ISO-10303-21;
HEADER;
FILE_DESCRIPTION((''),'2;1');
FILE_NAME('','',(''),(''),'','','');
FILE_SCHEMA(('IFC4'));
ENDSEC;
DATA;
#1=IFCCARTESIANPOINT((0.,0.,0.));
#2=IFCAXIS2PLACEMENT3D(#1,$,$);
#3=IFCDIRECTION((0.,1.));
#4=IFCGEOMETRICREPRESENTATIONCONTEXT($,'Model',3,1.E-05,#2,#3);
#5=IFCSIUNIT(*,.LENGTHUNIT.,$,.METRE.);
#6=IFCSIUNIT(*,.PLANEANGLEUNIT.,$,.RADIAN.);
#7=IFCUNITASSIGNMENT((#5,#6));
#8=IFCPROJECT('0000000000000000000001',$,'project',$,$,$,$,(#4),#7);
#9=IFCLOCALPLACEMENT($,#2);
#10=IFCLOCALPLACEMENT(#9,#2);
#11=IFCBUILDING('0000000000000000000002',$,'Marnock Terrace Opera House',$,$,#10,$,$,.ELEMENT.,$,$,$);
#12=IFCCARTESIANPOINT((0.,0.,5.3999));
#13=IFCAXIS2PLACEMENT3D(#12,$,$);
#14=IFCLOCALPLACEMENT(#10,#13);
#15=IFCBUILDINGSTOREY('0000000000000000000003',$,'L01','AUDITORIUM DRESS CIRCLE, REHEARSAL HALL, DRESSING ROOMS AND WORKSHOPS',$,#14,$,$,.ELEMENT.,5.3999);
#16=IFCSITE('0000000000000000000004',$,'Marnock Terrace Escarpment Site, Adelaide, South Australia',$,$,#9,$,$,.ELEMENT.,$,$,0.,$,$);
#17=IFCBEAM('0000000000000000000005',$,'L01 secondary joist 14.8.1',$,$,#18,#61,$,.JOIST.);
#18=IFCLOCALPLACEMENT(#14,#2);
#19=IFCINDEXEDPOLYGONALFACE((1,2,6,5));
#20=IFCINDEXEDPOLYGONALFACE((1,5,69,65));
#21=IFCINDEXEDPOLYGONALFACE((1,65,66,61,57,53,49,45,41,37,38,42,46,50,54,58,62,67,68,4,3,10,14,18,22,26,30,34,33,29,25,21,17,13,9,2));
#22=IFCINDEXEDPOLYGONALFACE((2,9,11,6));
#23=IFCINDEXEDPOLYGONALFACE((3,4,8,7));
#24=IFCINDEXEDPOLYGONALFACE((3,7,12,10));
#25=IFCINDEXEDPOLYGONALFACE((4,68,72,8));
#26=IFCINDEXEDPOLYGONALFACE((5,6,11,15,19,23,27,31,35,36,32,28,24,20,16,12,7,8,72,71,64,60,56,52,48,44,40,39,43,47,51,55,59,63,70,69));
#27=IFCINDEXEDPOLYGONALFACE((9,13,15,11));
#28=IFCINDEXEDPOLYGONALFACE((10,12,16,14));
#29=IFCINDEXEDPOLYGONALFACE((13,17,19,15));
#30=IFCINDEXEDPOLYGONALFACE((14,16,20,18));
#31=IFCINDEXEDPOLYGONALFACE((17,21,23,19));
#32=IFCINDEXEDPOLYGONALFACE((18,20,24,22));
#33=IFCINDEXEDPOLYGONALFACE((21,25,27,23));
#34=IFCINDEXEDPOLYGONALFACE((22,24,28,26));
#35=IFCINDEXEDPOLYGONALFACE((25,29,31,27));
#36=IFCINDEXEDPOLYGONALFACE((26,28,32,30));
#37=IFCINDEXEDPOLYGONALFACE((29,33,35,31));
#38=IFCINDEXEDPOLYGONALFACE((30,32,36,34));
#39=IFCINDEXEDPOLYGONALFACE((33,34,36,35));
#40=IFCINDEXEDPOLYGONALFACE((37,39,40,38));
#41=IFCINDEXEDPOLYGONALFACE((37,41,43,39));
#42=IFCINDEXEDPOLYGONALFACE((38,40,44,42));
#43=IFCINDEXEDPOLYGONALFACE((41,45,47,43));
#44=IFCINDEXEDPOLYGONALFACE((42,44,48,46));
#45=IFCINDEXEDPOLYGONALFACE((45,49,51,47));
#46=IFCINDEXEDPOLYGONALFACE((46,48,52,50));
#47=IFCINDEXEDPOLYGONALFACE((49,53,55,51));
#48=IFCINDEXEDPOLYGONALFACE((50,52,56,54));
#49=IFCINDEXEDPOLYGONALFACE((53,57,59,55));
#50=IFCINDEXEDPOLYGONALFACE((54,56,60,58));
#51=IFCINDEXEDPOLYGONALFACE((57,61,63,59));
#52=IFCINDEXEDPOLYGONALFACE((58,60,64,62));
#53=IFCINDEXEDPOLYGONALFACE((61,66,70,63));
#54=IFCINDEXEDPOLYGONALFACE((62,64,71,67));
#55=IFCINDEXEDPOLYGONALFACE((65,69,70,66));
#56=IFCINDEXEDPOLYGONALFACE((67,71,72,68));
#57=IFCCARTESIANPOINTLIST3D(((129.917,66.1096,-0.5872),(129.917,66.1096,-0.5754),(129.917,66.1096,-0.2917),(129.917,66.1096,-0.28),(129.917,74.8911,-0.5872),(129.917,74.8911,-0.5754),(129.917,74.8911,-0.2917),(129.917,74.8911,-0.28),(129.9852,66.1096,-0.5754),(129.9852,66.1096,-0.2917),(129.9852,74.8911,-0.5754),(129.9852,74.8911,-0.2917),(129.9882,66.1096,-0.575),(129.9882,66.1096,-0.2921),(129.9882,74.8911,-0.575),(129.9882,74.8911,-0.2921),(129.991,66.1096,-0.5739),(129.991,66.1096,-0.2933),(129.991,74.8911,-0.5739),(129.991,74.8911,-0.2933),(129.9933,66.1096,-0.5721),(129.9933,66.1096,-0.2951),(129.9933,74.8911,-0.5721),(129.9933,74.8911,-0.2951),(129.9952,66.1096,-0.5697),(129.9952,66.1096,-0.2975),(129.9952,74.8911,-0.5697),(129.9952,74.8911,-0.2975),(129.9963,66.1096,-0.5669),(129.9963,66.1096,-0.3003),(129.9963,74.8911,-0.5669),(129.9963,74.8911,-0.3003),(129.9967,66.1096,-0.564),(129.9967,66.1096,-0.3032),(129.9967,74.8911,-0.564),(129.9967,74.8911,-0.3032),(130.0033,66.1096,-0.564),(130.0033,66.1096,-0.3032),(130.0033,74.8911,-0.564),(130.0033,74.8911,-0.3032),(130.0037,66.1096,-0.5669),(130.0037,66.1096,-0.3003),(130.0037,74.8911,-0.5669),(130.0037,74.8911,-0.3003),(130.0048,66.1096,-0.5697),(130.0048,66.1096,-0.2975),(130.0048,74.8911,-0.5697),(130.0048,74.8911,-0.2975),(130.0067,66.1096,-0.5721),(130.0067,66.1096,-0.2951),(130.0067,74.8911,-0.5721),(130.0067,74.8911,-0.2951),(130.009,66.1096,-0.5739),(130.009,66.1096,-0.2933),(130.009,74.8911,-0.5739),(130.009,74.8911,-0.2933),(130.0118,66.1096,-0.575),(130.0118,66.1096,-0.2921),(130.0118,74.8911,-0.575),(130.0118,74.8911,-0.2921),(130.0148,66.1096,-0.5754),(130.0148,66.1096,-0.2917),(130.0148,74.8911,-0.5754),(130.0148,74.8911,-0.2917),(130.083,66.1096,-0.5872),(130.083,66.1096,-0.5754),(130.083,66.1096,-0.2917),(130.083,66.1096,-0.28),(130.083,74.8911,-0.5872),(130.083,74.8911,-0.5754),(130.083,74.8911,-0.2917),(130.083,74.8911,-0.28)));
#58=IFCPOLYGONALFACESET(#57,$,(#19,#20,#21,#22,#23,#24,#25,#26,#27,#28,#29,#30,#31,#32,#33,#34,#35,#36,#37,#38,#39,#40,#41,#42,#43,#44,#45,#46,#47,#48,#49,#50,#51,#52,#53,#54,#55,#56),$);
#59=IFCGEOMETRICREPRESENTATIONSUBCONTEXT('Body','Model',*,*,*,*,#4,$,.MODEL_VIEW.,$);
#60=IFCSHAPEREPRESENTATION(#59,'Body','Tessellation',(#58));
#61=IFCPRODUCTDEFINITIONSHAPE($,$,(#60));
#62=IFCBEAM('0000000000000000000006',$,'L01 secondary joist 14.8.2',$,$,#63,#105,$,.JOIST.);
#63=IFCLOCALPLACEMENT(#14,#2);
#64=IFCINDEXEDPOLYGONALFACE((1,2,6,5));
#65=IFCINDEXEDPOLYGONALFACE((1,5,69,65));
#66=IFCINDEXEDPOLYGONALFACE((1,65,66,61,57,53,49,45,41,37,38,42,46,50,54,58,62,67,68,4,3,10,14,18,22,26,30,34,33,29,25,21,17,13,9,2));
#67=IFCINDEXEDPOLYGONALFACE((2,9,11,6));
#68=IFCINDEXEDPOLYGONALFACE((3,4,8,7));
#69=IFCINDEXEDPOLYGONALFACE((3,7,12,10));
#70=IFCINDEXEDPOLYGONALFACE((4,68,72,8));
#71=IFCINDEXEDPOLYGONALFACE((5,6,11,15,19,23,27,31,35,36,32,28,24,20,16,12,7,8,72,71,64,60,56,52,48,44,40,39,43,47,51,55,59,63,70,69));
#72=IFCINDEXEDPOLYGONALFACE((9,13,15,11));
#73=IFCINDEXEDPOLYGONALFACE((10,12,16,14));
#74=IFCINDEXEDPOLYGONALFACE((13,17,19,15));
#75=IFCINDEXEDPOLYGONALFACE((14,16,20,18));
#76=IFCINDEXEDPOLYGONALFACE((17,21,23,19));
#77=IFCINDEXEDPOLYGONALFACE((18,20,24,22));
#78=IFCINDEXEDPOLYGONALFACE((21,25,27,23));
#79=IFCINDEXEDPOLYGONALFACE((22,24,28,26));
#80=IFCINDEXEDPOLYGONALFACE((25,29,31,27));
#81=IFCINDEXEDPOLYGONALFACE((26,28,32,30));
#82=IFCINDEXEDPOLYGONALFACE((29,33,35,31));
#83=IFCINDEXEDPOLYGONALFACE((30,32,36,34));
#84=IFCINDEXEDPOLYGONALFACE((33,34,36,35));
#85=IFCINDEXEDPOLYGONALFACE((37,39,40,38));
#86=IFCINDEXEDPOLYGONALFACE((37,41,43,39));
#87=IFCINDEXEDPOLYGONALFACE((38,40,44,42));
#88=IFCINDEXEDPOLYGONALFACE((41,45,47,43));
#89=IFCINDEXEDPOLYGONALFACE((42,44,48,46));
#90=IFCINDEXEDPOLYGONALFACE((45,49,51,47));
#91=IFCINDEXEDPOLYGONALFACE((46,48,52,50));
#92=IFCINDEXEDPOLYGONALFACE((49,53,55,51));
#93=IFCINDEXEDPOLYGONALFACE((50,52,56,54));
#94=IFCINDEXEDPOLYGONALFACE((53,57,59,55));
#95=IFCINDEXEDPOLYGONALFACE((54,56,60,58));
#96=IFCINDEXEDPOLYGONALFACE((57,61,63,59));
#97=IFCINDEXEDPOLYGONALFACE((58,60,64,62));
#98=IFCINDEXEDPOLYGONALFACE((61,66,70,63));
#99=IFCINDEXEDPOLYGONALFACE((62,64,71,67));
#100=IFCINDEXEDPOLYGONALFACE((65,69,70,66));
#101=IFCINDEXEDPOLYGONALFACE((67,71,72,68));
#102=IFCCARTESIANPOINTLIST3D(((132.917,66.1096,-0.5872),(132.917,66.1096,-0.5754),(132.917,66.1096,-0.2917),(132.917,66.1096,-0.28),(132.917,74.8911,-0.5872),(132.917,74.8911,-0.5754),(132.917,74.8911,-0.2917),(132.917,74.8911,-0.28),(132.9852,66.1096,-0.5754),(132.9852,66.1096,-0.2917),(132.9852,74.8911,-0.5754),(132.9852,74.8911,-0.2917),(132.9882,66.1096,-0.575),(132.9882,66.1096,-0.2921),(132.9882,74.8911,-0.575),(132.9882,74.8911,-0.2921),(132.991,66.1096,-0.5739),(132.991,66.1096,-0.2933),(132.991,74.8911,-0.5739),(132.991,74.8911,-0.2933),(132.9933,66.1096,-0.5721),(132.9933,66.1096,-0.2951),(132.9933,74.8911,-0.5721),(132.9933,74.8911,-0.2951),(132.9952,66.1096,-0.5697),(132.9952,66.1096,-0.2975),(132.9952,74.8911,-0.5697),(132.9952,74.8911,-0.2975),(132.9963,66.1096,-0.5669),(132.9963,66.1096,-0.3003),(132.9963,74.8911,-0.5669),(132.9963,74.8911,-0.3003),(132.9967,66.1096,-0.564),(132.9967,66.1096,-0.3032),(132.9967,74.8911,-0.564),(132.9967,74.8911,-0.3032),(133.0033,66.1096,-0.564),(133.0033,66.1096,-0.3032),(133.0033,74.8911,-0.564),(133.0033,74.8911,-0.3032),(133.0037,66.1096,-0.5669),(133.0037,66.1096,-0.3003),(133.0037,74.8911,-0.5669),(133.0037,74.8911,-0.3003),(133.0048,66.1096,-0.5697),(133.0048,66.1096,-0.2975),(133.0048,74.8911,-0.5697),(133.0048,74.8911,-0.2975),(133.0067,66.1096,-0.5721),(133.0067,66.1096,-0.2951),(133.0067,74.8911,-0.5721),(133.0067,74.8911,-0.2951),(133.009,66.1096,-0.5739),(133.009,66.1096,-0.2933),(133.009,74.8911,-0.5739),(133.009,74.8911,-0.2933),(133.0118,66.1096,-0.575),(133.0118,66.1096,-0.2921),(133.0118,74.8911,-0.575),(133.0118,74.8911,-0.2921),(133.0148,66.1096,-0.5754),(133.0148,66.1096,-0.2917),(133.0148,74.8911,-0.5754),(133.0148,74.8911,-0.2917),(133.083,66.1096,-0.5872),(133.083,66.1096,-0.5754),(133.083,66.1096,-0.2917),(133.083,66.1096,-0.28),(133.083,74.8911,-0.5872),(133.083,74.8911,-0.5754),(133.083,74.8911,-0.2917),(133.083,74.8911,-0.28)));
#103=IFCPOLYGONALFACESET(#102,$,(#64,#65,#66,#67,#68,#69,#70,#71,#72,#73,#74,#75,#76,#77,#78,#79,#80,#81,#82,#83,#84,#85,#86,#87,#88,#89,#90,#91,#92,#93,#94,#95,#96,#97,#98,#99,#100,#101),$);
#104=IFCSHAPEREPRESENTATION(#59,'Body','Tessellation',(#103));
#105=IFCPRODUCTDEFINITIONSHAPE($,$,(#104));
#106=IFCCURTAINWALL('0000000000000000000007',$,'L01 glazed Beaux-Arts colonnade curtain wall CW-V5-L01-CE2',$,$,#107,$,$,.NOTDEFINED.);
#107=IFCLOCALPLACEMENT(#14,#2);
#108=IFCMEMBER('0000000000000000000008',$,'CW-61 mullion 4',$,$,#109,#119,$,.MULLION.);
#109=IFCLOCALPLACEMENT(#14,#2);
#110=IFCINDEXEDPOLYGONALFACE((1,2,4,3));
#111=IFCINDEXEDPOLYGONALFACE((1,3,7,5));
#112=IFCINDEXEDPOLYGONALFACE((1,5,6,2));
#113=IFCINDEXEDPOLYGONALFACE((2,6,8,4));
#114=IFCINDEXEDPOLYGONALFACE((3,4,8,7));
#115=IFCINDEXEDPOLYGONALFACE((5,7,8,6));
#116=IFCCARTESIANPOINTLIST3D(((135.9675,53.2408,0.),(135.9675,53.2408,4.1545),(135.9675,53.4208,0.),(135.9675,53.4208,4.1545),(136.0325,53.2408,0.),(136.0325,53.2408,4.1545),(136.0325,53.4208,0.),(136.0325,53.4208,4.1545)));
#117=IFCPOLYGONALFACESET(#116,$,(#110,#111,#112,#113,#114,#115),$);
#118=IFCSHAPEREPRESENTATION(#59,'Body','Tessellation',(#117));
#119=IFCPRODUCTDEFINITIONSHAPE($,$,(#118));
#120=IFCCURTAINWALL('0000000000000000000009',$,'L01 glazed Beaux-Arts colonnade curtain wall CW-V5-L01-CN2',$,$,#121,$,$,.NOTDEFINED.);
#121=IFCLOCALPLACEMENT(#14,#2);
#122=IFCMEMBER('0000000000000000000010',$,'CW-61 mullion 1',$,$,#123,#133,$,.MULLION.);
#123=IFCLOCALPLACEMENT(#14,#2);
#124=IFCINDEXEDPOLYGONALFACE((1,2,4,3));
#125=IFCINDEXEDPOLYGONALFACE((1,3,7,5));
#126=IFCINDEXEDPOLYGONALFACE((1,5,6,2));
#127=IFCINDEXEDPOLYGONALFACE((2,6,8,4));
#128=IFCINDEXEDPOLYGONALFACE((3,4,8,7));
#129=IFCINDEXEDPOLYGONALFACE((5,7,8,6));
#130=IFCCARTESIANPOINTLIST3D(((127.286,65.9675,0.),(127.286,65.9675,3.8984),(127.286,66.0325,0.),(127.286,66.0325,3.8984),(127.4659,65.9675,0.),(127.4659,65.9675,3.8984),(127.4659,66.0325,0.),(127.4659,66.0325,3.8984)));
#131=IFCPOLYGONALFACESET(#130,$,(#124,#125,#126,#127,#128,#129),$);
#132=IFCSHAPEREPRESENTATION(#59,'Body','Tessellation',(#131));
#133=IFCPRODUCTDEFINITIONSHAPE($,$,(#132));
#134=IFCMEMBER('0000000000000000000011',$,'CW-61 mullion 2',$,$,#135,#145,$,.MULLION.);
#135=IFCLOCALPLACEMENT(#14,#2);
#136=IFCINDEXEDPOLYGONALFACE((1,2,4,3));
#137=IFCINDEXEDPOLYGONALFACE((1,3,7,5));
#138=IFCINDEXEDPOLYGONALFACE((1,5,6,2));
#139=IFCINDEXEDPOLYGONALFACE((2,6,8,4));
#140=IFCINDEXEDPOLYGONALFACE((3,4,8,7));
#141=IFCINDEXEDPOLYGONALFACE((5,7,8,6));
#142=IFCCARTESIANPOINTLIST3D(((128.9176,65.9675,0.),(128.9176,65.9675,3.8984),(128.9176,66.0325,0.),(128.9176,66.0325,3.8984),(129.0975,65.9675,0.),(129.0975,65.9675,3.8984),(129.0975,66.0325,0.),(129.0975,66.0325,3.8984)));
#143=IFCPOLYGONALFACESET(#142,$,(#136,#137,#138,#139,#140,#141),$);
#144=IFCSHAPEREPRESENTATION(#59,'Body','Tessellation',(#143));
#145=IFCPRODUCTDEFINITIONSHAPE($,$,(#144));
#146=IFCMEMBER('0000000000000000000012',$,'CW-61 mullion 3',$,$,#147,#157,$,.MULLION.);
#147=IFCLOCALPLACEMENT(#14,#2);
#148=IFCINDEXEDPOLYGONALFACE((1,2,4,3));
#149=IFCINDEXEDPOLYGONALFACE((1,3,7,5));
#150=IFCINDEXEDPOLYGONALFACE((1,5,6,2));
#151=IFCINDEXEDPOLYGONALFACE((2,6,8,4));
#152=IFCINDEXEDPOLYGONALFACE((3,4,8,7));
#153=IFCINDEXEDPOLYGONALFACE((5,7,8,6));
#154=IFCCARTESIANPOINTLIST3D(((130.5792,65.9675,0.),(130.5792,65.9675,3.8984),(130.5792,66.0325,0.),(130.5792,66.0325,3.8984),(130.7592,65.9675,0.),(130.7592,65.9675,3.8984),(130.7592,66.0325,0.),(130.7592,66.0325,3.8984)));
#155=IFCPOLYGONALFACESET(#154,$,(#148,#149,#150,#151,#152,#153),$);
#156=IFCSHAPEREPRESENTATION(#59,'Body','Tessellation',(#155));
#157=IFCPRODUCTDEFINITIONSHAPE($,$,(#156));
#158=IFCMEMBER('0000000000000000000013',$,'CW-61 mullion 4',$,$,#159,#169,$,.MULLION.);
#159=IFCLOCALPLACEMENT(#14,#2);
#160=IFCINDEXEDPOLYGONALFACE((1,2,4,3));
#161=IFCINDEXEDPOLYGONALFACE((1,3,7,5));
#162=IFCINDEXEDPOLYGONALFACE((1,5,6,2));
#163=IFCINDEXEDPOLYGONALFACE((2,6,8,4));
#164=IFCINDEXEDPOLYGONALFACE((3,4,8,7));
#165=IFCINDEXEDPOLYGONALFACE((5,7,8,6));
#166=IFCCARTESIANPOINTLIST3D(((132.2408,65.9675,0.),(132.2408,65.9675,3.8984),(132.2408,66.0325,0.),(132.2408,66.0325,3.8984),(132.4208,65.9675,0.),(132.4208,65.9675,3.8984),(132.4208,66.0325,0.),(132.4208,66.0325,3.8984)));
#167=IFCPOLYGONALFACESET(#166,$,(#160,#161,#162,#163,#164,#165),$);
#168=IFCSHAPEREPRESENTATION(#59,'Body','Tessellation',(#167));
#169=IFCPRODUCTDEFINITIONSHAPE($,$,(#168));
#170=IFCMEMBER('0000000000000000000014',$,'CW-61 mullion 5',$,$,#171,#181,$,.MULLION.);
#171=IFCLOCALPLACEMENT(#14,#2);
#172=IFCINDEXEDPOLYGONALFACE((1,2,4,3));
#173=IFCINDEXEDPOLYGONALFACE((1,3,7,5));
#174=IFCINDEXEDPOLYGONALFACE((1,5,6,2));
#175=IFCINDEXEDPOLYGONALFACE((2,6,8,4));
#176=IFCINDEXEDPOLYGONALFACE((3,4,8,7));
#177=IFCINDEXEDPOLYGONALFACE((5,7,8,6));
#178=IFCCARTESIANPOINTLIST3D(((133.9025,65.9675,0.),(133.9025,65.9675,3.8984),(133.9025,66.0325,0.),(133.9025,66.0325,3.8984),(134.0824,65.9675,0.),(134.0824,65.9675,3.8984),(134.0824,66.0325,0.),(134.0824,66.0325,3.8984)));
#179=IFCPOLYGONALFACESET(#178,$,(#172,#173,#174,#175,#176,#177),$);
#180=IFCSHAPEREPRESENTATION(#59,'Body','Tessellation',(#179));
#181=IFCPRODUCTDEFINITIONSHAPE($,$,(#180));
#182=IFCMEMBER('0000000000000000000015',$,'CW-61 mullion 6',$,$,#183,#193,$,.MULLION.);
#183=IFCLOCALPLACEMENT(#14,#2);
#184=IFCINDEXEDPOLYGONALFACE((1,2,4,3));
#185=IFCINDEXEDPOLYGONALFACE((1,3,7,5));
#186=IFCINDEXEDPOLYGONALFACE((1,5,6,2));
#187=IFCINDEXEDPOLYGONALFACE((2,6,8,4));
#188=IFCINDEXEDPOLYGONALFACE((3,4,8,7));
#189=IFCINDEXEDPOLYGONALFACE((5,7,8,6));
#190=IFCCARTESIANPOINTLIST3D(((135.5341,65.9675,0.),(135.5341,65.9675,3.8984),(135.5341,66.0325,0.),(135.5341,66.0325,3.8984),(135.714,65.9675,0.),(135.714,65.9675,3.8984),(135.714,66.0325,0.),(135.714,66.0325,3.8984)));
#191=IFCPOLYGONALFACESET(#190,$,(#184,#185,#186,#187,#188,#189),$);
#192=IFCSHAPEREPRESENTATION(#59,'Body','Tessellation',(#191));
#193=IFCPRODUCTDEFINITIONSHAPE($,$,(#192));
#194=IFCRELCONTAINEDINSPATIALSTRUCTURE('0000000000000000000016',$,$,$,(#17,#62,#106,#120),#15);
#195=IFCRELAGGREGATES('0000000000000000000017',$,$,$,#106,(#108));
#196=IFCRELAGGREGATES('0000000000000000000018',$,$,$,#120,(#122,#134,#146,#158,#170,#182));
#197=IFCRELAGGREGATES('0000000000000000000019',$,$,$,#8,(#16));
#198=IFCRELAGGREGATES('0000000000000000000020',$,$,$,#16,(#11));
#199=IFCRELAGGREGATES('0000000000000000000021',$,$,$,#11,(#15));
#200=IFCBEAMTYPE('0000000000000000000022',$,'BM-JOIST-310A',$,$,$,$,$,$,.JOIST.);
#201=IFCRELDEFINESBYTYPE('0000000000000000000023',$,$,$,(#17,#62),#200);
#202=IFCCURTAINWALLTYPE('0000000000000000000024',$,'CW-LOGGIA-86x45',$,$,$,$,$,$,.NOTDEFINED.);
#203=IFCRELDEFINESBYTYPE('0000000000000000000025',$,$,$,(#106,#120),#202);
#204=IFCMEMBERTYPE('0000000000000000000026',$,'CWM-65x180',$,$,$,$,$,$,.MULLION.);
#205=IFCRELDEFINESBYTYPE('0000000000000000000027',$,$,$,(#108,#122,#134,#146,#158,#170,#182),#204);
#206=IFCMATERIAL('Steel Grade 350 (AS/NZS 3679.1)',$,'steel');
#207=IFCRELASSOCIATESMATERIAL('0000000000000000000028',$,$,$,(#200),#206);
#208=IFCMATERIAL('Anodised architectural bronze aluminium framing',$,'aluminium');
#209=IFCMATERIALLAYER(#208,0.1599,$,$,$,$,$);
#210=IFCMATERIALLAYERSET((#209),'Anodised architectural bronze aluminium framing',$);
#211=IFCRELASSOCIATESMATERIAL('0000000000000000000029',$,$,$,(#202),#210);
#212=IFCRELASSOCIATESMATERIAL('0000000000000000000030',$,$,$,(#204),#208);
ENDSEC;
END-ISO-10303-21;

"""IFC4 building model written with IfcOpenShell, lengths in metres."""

from ifc_helpers import new_model, si_unit, direction, frame, origin, origin_2d, place, context, subcontext, project, spatial, rectangle, i_section, extrude, material, layer, layer_set, material_profile, profile_set, type_object, element, aggregate, save


model = new_model("IFC4")

# Units and contexts
model_context = context("Model", 3, precision=1e-05, world=origin(), true_north=direction((0.0, 1.0)))
body_context = subcontext(model_context, "Body", "Model", "MODEL_VIEW")
ifc_project = project(units=[si_unit("LENGTHUNIT", "METRE"), si_unit("PLANEANGLEUNIT", "RADIAN")], contexts=[model_context])

# Site, building, storey
site_placement = place(None, origin())
site = spatial("IfcSite", under=ifc_project, at=site_placement, Name="Marnock Terrace Escarpment Site, Adelaide, South Australia", CompositionType="ELEMENT", RefElevation=0.0)
building_placement = place(site_placement, origin())
building = spatial("IfcBuilding", under=site, at=building_placement, Name="Marnock Terrace Opera House", CompositionType="ELEMENT")
storey_placement = place(building_placement, frame((0.0, 0.0, 5.3999)))
storey = spatial("IfcBuildingStorey", under=building, at=storey_placement, Name="L01", Description="AUDITORIUM DRESS CIRCLE, REHEARSAL HALL, DRESSING ROOMS AND WORKSHOPS", CompositionType="ELEMENT", Elevation=5.3999)

# Beams
ifc_material_1 = material(Name="Steel Grade 350 (AS/NZS 3679.1)", Category="steel")
ifc_material_profile_1 = material_profile(ifc_material_1, i_section(OverallWidth=0.166, OverallDepth=0.3071, WebThickness=0.0066, FlangeThickness=0.0117, FilletRadius=0.0115, at=origin_2d()))
ifc_profile_set_1 = profile_set([ifc_material_profile_1], Name="Steel Grade 350 (AS/NZS 3679.1)")
beam_type = type_object("IfcBeamType", Name="BM-JOIST-310A", PredefinedType="JOIST", material=ifc_profile_set_1)
for number, where, z_axis, x_axis, name in (
    (1, (130.0, 66.1096, -0.4336), (0.0, 1.0, 0.0), (-1.0, 0.0, 0.0), "L01 secondary joist 14.8.1"),
    (2, (133.0, 66.1096, -0.4336), (0.0, 1.0, 0.0), (-1.0, 0.0, 0.0), "L01 secondary joist 14.8.2"),
):
    element("IfcBeam", number, at=place(storey_placement, frame(where, z_axis=z_axis, x_axis=x_axis)), inside=storey, type_object=beam_type, Name=name, PredefinedType="JOIST", context=body_context, shape_type="SweptSolid", body=[
        extrude(i_section(OverallWidth=0.166, OverallDepth=0.3071, WebThickness=0.0066, FlangeThickness=0.0117, FilletRadius=0.0115, at=origin_2d()), origin(), (0.0, 0.0, 1.0), 8.7815),
    ])

# Curtain wall, member
ifc_material_2 = material(Name="Anodised architectural bronze aluminium framing", Category="aluminium")
ifc_layer_1 = layer(ifc_material_2, 0.1599)
ifc_layer_set_1 = layer_set([ifc_layer_1], Name="Anodised architectural bronze aluminium framing")
curtain_wall_type = type_object("IfcCurtainWallType", Name="CW-LOGGIA-86x45", PredefinedType="NOTDEFINED", material=ifc_layer_set_1)
curtain_wall_1_placement = place(storey_placement, origin())
curtain_wall_1 = element("IfcCurtainWall", 3, at=curtain_wall_1_placement, inside=storey, type_object=curtain_wall_type, Name="L01 glazed Beaux-Arts colonnade curtain wall CW-V5-L01-CE2", PredefinedType="NOTDEFINED")
ifc_material_profile_2 = material_profile(ifc_material_2, rectangle(XDim=0.0649, YDim=0.1799, at=origin_2d()))
ifc_profile_set_2 = profile_set([ifc_material_profile_2], Name="Anodised architectural bronze aluminium framing")
member_type_1 = type_object("IfcMemberType", Name="CWM-65x180", PredefinedType="MULLION", material=ifc_profile_set_2)
member_1_placement = place(storey_placement, frame((136.0, 53.3308, 0.0), z_axis=(0.0, 0.0, 1.0), x_axis=(-1.0, 0.0, 0.0)))
member_1 = element("IfcMember", 4, at=member_1_placement, type_object=member_type_1, Name="CW-61 mullion 4", PredefinedType="MULLION", context=body_context, shape_type="SweptSolid", body=[
    extrude(rectangle(XDim=0.0649, YDim=0.1799, at=origin_2d()), origin(), (0.0, 0.0, 1.0), 4.1545),
])

# Curtain wall, members
curtain_wall_2_placement = place(storey_placement, origin())
curtain_wall_2 = element("IfcCurtainWall", 5, at=curtain_wall_2_placement, inside=storey, type_object=curtain_wall_type, Name="L01 glazed Beaux-Arts colonnade curtain wall CW-V5-L01-CN2", PredefinedType="NOTDEFINED")
member_2_placement = place(storey_placement, frame((127.376, 66.0, 0.0), z_axis=(0.0, 0.0, 1.0), x_axis=(0.0, 1.0, 0.0)))
member_2 = element("IfcMember", 6, at=member_2_placement, type_object=member_type_1, Name="CW-61 mullion 1", PredefinedType="MULLION", context=body_context, shape_type="SweptSolid", body=[
    extrude(rectangle(XDim=0.0649, YDim=0.1799, at=origin_2d()), origin(), (0.0, 0.0, 1.0), 3.8984),
])
member_3_placement = place(storey_placement, frame((129.0076, 66.0, 0.0), z_axis=(0.0, 0.0, 1.0), x_axis=(0.0, 1.0, 0.0)))
member_3 = element("IfcMember", 7, at=member_3_placement, type_object=member_type_1, Name="CW-61 mullion 2", PredefinedType="MULLION", context=body_context, shape_type="SweptSolid", body=[
    extrude(rectangle(XDim=0.0649, YDim=0.1799, at=origin_2d()), origin(), (0.0, 0.0, 1.0), 3.8984),
])
member_4_placement = place(storey_placement, frame((130.6692, 66.0, 0.0), z_axis=(0.0, 0.0, 1.0), x_axis=(0.0, 1.0, 0.0)))
member_4 = element("IfcMember", 8, at=member_4_placement, type_object=member_type_1, Name="CW-61 mullion 3", PredefinedType="MULLION", context=body_context, shape_type="SweptSolid", body=[
    extrude(rectangle(XDim=0.0649, YDim=0.1799, at=origin_2d()), origin(), (0.0, 0.0, 1.0), 3.8984),
])
member_5_placement = place(storey_placement, frame((132.3308, 66.0, 0.0), z_axis=(0.0, 0.0, 1.0), x_axis=(0.0, 1.0, 0.0)))
member_5 = element("IfcMember", 9, at=member_5_placement, type_object=member_type_1, Name="CW-61 mullion 4", PredefinedType="MULLION", context=body_context, shape_type="SweptSolid", body=[
    extrude(rectangle(XDim=0.0649, YDim=0.1799, at=origin_2d()), origin(), (0.0, 0.0, 1.0), 3.8984),
])
member_6_placement = place(storey_placement, frame((133.9924, 66.0, 0.0), z_axis=(0.0, 0.0, 1.0), x_axis=(0.0, 1.0, 0.0)))
member_6 = element("IfcMember", 10, at=member_6_placement, type_object=member_type_1, Name="CW-61 mullion 5", PredefinedType="MULLION", context=body_context, shape_type="SweptSolid", body=[
    extrude(rectangle(XDim=0.0649, YDim=0.1799, at=origin_2d()), origin(), (0.0, 0.0, 1.0), 3.8984),
])
member_7_placement = place(storey_placement, frame((135.624, 66.0, 0.0), z_axis=(0.0, 0.0, 1.0), x_axis=(0.0, 1.0, 0.0)))
member_7 = element("IfcMember", 11, at=member_7_placement, type_object=member_type_1, Name="CW-61 mullion 6", PredefinedType="MULLION", context=body_context, shape_type="SweptSolid", body=[
    extrude(rectangle(XDim=0.0649, YDim=0.1799, at=origin_2d()), origin(), (0.0, 0.0, 1.0), 3.8984),
])

aggregate(curtain_wall_1, [member_1])
aggregate(curtain_wall_2, [member_2, member_3, member_4, member_5, member_6, member_7])

save(model, "model.ifc")
